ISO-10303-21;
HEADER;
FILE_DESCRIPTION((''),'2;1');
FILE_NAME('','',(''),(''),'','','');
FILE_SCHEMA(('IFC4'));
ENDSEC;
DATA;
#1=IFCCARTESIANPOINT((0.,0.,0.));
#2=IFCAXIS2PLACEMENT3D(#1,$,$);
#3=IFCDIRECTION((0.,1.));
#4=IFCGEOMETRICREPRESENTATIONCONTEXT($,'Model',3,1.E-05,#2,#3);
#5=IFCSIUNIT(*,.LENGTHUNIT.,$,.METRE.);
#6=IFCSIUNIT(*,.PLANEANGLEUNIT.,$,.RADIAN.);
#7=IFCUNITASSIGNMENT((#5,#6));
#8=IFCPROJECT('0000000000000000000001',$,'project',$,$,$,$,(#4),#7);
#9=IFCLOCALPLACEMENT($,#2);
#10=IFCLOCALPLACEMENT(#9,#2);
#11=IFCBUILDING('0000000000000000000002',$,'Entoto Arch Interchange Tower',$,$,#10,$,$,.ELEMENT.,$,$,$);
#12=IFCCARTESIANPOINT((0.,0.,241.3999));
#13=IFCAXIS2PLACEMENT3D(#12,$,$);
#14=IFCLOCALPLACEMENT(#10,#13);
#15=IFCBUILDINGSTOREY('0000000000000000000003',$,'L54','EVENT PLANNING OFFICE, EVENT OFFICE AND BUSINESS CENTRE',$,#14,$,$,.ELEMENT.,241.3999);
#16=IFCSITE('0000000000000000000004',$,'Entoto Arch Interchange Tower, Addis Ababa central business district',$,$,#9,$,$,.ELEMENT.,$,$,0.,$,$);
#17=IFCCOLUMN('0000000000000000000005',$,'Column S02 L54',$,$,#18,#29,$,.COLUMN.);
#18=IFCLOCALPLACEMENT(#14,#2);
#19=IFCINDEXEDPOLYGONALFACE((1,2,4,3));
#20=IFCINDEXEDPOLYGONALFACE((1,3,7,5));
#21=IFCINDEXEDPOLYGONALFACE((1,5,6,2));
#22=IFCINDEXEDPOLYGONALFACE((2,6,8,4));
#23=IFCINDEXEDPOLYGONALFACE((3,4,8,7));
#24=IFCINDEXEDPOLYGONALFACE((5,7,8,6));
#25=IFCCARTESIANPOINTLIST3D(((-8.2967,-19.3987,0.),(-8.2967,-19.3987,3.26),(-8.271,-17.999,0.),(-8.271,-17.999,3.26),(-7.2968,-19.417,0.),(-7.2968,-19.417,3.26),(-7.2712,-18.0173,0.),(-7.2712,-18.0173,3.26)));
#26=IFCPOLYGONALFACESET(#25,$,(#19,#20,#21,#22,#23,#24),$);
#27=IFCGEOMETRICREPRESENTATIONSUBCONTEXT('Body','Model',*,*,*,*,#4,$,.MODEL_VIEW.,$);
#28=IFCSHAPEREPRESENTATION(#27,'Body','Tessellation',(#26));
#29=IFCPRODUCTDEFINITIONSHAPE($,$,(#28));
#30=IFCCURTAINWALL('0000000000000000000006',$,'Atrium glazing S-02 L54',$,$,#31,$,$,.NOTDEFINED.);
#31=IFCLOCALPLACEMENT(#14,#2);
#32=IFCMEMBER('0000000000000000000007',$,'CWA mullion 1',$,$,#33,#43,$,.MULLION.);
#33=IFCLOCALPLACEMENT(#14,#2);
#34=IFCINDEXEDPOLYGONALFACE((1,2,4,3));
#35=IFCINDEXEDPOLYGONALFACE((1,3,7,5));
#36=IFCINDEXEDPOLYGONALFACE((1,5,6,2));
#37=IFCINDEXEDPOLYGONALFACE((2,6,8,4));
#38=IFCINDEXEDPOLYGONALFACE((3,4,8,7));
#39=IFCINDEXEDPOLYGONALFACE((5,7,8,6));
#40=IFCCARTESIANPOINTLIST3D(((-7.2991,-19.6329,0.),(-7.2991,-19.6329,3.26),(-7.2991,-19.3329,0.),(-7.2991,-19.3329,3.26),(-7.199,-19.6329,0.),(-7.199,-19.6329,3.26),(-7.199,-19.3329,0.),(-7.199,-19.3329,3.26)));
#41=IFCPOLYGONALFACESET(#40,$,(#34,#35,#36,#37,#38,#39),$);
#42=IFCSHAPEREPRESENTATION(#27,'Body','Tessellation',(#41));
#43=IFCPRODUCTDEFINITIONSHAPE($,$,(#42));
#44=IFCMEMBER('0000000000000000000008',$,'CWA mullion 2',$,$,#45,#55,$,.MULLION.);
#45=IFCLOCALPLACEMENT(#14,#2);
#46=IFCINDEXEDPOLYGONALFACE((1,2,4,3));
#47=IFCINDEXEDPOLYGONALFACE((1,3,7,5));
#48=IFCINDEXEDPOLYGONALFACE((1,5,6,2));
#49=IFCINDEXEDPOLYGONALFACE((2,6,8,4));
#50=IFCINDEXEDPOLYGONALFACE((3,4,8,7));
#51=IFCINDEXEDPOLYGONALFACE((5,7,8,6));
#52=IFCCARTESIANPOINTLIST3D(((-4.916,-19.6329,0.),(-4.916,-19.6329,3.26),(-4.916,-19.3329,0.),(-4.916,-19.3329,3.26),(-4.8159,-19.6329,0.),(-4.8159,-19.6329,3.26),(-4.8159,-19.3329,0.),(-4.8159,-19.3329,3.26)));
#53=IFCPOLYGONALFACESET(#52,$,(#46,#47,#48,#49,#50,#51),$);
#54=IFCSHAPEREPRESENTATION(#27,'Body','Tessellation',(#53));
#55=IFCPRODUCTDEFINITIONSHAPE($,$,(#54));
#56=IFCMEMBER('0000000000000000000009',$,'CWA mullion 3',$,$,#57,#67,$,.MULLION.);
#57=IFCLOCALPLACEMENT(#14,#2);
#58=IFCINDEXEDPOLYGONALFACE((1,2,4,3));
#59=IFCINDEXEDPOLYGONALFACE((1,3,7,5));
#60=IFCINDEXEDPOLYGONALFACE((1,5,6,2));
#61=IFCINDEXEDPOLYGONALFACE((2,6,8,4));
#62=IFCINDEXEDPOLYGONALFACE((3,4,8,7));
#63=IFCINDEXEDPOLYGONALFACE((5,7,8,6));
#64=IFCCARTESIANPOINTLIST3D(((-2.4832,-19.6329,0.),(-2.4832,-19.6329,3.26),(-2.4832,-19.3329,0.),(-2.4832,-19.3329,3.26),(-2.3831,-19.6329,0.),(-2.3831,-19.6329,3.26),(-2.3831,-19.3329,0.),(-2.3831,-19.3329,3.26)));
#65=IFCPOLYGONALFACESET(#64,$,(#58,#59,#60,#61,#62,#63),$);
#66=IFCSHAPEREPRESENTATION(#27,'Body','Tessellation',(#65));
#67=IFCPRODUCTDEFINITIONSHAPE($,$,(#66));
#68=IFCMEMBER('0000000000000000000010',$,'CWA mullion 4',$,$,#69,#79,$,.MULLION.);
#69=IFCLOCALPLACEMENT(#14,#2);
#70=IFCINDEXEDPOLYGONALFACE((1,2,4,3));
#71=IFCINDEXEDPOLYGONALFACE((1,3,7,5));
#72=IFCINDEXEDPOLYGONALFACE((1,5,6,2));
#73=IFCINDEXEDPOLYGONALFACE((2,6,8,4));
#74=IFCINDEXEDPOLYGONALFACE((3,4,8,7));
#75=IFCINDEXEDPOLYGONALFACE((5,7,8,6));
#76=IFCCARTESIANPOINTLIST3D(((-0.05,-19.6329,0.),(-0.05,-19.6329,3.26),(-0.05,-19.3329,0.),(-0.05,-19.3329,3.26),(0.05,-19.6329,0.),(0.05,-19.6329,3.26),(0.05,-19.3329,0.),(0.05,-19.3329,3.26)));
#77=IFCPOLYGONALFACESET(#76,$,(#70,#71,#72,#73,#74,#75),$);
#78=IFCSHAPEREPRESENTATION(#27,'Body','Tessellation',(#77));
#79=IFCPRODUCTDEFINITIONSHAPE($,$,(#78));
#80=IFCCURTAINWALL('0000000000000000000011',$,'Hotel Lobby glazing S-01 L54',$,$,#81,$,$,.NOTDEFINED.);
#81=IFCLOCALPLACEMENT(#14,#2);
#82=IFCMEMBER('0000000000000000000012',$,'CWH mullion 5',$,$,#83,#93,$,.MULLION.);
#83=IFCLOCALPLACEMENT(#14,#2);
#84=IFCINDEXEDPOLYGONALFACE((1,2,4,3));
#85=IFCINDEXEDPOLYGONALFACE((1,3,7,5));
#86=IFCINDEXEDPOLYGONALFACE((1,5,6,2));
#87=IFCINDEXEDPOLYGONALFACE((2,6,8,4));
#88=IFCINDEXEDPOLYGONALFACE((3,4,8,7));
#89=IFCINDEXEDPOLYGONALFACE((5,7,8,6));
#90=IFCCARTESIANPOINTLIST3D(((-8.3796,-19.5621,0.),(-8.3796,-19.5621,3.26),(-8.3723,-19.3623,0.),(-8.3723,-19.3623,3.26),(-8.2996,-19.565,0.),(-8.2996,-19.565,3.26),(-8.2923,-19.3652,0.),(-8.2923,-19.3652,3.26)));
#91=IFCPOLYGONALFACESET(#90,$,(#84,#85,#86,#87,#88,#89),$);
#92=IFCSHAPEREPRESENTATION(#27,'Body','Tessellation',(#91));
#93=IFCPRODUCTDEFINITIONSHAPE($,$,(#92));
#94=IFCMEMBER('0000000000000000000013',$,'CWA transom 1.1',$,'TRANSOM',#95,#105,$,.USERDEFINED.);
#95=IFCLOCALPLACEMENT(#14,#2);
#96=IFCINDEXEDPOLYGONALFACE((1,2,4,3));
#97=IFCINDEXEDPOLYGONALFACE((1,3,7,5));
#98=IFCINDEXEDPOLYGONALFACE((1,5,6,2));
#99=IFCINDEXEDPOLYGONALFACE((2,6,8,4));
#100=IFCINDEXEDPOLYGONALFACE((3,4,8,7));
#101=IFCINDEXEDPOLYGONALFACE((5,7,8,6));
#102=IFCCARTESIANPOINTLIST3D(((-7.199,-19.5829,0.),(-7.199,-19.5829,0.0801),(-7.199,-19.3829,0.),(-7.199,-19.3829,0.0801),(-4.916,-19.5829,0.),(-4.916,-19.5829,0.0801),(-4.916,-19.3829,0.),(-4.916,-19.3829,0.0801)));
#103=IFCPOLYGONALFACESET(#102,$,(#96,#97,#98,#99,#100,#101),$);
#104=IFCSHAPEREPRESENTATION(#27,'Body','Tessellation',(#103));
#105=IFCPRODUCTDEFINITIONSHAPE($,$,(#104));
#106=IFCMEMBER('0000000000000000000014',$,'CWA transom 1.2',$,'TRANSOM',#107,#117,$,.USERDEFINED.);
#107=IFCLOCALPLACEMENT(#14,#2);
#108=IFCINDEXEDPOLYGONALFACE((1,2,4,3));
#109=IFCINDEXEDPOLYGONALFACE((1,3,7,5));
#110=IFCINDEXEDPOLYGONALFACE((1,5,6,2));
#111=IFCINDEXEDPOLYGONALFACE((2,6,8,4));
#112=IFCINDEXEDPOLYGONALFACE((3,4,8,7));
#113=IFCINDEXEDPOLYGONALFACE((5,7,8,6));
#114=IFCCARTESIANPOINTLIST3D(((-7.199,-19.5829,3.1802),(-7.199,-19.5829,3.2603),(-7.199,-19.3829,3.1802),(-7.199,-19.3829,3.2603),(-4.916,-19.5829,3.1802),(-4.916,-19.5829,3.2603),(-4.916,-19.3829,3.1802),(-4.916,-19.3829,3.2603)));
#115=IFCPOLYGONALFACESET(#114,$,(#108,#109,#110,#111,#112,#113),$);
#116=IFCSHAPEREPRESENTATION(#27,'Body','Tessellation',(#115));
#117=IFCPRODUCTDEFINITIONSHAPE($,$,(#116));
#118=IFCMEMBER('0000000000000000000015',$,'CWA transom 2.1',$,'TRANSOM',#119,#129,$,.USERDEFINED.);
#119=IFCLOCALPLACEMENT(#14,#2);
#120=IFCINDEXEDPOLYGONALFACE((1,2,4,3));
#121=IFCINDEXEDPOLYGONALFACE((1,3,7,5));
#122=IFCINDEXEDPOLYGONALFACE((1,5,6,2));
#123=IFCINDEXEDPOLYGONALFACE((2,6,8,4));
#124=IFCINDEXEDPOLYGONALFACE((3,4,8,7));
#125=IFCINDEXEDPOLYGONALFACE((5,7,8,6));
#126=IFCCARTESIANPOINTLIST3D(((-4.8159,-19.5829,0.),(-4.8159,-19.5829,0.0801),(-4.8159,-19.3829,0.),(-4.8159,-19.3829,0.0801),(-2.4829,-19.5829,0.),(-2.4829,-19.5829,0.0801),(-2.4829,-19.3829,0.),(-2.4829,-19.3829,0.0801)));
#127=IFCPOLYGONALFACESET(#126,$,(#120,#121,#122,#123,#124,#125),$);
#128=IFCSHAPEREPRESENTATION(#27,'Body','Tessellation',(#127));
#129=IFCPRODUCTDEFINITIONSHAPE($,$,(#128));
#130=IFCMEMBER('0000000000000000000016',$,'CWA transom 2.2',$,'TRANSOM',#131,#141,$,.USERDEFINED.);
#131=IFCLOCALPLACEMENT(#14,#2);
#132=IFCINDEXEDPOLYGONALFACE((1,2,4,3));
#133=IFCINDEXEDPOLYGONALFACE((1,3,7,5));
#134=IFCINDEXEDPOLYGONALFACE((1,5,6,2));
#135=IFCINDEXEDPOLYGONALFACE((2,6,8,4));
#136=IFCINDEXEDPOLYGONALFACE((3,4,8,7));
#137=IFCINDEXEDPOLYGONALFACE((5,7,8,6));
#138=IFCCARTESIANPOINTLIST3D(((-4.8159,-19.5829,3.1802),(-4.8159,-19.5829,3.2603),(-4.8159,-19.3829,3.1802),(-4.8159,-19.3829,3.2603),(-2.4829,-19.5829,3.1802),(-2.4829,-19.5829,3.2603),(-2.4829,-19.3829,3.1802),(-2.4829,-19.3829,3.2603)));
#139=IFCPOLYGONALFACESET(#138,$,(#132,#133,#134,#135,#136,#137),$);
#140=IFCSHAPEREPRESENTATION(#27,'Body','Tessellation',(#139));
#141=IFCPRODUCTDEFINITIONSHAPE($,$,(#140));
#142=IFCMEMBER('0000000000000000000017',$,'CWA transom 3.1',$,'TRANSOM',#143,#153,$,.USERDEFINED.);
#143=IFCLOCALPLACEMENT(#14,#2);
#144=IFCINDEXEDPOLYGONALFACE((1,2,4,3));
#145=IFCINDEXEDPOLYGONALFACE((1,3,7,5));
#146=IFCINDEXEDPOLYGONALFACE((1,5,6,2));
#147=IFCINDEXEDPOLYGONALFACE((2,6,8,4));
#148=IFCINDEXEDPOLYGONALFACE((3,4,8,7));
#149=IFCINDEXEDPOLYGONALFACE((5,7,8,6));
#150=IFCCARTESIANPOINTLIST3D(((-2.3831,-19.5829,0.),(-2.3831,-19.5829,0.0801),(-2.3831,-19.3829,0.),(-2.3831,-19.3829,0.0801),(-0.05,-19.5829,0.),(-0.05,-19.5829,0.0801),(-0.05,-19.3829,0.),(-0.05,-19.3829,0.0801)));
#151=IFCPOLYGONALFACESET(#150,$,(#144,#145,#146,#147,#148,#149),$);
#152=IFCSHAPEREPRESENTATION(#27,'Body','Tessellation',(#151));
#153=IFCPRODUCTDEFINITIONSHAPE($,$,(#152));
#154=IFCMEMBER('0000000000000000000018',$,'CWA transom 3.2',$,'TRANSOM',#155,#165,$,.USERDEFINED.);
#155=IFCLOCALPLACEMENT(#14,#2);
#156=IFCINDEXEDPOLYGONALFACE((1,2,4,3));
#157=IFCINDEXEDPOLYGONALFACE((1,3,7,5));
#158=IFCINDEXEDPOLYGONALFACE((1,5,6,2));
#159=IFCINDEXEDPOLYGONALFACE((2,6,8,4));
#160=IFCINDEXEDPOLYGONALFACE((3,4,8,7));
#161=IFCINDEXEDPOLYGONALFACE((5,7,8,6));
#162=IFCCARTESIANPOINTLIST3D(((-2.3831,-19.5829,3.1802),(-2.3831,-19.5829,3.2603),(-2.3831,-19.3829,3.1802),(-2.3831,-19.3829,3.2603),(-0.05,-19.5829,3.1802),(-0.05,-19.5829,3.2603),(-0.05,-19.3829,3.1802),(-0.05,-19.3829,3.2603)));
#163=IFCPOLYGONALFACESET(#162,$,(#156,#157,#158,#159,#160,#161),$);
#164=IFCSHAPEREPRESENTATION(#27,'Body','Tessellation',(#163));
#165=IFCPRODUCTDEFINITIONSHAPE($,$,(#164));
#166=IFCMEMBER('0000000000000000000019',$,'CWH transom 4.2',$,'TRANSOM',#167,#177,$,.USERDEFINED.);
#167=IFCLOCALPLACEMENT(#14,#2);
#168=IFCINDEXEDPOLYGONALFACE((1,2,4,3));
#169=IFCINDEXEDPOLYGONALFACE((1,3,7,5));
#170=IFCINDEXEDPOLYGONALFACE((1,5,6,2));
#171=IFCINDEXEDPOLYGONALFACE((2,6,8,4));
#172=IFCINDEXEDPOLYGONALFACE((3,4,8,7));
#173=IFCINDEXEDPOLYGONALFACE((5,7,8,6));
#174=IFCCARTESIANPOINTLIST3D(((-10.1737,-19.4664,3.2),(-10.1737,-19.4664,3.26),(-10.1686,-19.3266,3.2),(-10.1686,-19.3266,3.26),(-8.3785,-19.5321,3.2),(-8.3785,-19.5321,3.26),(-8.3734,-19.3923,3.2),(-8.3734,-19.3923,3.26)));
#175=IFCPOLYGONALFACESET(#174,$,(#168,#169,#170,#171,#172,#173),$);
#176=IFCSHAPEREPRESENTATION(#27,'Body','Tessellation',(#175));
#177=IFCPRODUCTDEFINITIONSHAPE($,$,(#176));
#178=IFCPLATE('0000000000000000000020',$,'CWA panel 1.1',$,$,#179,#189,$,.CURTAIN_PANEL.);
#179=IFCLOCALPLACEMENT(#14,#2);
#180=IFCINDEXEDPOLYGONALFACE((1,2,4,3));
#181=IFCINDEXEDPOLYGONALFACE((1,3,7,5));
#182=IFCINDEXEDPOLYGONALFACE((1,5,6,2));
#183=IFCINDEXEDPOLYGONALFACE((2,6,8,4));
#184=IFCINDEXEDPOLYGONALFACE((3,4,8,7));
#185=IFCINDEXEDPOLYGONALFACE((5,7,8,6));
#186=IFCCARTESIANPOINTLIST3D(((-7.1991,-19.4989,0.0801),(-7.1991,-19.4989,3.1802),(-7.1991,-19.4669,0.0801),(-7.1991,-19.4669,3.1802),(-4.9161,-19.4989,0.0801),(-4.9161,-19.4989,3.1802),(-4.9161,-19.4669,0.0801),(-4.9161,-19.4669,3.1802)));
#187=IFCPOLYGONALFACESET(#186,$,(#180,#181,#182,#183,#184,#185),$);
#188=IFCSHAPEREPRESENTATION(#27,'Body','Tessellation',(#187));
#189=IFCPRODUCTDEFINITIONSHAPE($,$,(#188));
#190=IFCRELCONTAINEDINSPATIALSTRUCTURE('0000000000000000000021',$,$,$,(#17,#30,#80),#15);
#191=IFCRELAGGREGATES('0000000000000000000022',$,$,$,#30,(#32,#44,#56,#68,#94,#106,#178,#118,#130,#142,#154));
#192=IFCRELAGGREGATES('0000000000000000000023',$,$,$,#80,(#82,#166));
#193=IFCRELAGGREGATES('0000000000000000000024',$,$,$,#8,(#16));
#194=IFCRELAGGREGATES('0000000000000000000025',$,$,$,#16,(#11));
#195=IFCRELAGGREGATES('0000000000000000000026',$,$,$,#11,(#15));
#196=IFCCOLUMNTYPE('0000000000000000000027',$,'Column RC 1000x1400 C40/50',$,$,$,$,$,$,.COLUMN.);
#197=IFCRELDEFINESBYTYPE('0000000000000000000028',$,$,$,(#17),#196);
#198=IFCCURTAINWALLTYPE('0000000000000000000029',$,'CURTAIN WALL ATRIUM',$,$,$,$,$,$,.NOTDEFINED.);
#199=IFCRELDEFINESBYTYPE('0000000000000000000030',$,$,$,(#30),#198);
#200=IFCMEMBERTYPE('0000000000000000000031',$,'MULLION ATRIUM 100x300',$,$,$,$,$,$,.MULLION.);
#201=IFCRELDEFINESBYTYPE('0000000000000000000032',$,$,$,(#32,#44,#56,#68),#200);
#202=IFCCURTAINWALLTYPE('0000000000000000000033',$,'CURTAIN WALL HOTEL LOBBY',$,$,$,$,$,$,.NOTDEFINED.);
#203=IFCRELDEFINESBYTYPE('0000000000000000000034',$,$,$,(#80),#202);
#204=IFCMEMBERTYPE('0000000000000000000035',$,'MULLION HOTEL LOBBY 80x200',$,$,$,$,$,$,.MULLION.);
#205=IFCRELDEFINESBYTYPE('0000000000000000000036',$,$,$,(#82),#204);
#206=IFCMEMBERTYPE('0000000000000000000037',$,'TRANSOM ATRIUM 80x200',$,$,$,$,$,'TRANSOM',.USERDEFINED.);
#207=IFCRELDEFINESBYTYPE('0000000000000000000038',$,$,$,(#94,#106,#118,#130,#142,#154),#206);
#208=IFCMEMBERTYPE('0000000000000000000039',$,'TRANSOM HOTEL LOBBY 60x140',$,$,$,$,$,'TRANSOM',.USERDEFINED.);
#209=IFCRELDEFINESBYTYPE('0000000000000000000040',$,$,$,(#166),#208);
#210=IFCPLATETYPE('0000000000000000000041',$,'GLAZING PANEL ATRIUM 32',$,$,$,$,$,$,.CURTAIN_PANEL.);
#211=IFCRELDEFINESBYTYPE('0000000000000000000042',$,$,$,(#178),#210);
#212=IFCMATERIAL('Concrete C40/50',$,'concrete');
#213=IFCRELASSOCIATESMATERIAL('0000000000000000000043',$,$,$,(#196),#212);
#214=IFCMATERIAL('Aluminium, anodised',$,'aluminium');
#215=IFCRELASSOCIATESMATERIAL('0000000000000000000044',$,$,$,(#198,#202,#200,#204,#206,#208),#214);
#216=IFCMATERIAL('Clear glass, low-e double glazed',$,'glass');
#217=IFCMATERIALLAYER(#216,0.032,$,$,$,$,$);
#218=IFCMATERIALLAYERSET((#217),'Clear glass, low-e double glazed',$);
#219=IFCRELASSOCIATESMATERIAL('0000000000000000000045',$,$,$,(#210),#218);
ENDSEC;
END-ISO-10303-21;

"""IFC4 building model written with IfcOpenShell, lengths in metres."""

from ifc_helpers import new_model, si_unit, direction, frame, origin, origin_2d, place, context, subcontext, project, spatial, rectangle, extrude, material, layer, layer_set, material_profile, profile_set, type_object, element, aggregate, save


model = new_model("IFC4")

# Units and contexts
model_context = context("Model", 3, precision=1e-05, world=origin(), true_north=direction((0.0, 1.0)))
body_context = subcontext(model_context, "Body", "Model", "MODEL_VIEW")
ifc_project = project(units=[si_unit("LENGTHUNIT", "METRE"), si_unit("PLANEANGLEUNIT", "RADIAN")], contexts=[model_context])

# Site, building, storey
site_placement = place(None, origin())
site = spatial("IfcSite", under=ifc_project, at=site_placement, Name="Entoto Arch Interchange Tower, Addis Ababa central business district", CompositionType="ELEMENT", RefElevation=0.0)
building_placement = place(site_placement, origin())
building = spatial("IfcBuilding", under=site, at=building_placement, Name="Entoto Arch Interchange Tower", CompositionType="ELEMENT")
storey_placement = place(building_placement, frame((0.0, 0.0, 241.3999)))
storey = spatial("IfcBuildingStorey", under=building, at=storey_placement, Name="L54", Description="EVENT PLANNING OFFICE, EVENT OFFICE AND BUSINESS CENTRE", CompositionType="ELEMENT", Elevation=241.3999)

# Column
ifc_material_1 = material(Name="Concrete C40/50", Category="concrete")
ifc_material_profile_1 = material_profile(ifc_material_1, rectangle(XDim=1.0, YDim=1.3999, at=origin_2d()))
ifc_profile_set_1 = profile_set([ifc_material_profile_1], Name="Concrete C40/50")
column_type = type_object("IfcColumnType", Name="Column RC 1000x1400 C40/50", PredefinedType="COLUMN", material=ifc_profile_set_1)
column_placement = place(storey_placement, frame((-7.7839, -18.708, 0.0), z_axis=(0.0, 0.0, 1.0), x_axis=(-0.999833, 0.01829, 0.0)))
element("IfcColumn", 1, at=column_placement, inside=storey, type_object=column_type, Name="Column S02 L54", PredefinedType="COLUMN", context=body_context, shape_type="SweptSolid", body=[
    extrude(rectangle(XDim=1.0, YDim=1.3999, at=origin_2d()), origin(), (0.0, 0.0, 1.0), 3.26),
])

# Curtain wall, members
ifc_material_2 = material(Name="Aluminium, anodised", Category="aluminium")
curtain_wall_type_1 = type_object("IfcCurtainWallType", Name="CURTAIN WALL ATRIUM", PredefinedType="NOTDEFINED", material=ifc_material_2)
curtain_wall_1_placement = place(storey_placement, origin())
curtain_wall_1 = element("IfcCurtainWall", 2, at=curtain_wall_1_placement, inside=storey, type_object=curtain_wall_type_1, Name="Atrium glazing S-02 L54", PredefinedType="NOTDEFINED")
ifc_material_profile_2 = material_profile(ifc_material_2, rectangle(XDim=0.3, YDim=0.1001, at=origin_2d()))
ifc_profile_set_2 = profile_set([ifc_material_profile_2], Name="Aluminium, anodised")
member_type_1 = type_object("IfcMemberType", Name="MULLION ATRIUM 100x300", PredefinedType="MULLION", material=ifc_profile_set_2)
member_1_placement = place(storey_placement, frame((-7.249, -19.4829, 0.0), z_axis=(0.0, 0.0, 1.0), x_axis=(0.0, 1.0, 0.0)))
member_1 = element("IfcMember", 3, at=member_1_placement, type_object=member_type_1, Name="CWA mullion 1", PredefinedType="MULLION", context=body_context, shape_type="SweptSolid", body=[
    extrude(rectangle(XDim=0.3, YDim=0.1001, at=origin_2d()), origin(), (0.0, 0.0, 1.0), 3.26),
])
member_2_placement = place(storey_placement, frame((-4.866, -19.4829, 0.0), z_axis=(0.0, 0.0, 1.0), x_axis=(0.0, 1.0, 0.0)))
member_2 = element("IfcMember", 4, at=member_2_placement, type_object=member_type_1, Name="CWA mullion 2", PredefinedType="MULLION", context=body_context, shape_type="SweptSolid", body=[
    extrude(rectangle(XDim=0.3, YDim=0.1001, at=origin_2d()), origin(), (0.0, 0.0, 1.0), 3.26),
])
member_3_placement = place(storey_placement, frame((-2.4331, -19.4829, 0.0), z_axis=(0.0, 0.0, 1.0), x_axis=(0.0, 1.0, 0.0)))
member_3 = element("IfcMember", 5, at=member_3_placement, type_object=member_type_1, Name="CWA mullion 3", PredefinedType="MULLION", context=body_context, shape_type="SweptSolid", body=[
    extrude(rectangle(XDim=0.3, YDim=0.1001, at=origin_2d()), origin(), (0.0, 0.0, 1.0), 3.26),
])
member_4_placement = place(storey_placement, frame((0.0, -19.4829, 0.0), z_axis=(0.0, 0.0, 1.0), x_axis=(0.0, 1.0, 0.0)))
member_4 = element("IfcMember", 6, at=member_4_placement, type_object=member_type_1, Name="CWA mullion 4", PredefinedType="MULLION", context=body_context, shape_type="SweptSolid", body=[
    extrude(rectangle(XDim=0.3, YDim=0.1001, at=origin_2d()), origin(), (0.0, 0.0, 1.0), 3.26),
])

# Curtain wall, member
curtain_wall_type_2 = type_object("IfcCurtainWallType", Name="CURTAIN WALL HOTEL LOBBY", PredefinedType="NOTDEFINED", material=ifc_material_2)
curtain_wall_2_placement = place(storey_placement, origin())
curtain_wall_2 = element("IfcCurtainWall", 7, at=curtain_wall_2_placement, inside=storey, type_object=curtain_wall_type_2, Name="Hotel Lobby glazing S-01 L54", PredefinedType="NOTDEFINED")
ifc_material_profile_3 = material_profile(ifc_material_2, rectangle(XDim=0.2, YDim=0.0801, at=origin_2d()))
ifc_profile_set_3 = profile_set([ifc_material_profile_3], Name="Aluminium, anodised")
member_type_2 = type_object("IfcMemberType", Name="MULLION HOTEL LOBBY 80x200", PredefinedType="MULLION", material=ifc_profile_set_3)
member_5_placement = place(storey_placement, frame((-8.3359, -19.4636, 0.0), z_axis=(0.0, 0.0, 1.0), x_axis=(0.036529, 0.999333, 0.0)))
member_5 = element("IfcMember", 8, at=member_5_placement, type_object=member_type_2, Name="CWH mullion 5", PredefinedType="MULLION", context=body_context, shape_type="SweptSolid", body=[
    extrude(rectangle(XDim=0.2, YDim=0.0801, at=origin_2d()), origin(), (0.0, 0.0, 1.0), 3.26),
])

# Members
ifc_material_profile_4 = material_profile(ifc_material_2, rectangle(XDim=0.2, YDim=0.0801, at=origin_2d()))
ifc_profile_set_4 = profile_set([ifc_material_profile_4], Name="Aluminium, anodised")
member_type_3 = type_object("IfcMemberType", Name="TRANSOM ATRIUM 80x200", ElementType="TRANSOM", PredefinedType="USERDEFINED", material=ifc_profile_set_4)
member_6_placement = place(storey_placement, frame((-7.199, -19.4829, 0.04), z_axis=(1.0, 0.0, 0.0), x_axis=(0.0, 1.0, 0.0)))
member_6 = element("IfcMember", 9, at=member_6_placement, type_object=member_type_3, Name="CWA transom 1.1", ObjectType="TRANSOM", PredefinedType="USERDEFINED", context=body_context, shape_type="SweptSolid", body=[
    extrude(rectangle(XDim=0.2, YDim=0.0801, at=origin_2d()), origin(), (0.0, 0.0, 1.0), 2.283),
])
member_7_placement = place(storey_placement, frame((-7.199, -19.4829, 3.2202), z_axis=(1.0, 0.0, 0.0), x_axis=(0.0, 1.0, 0.0)))
member_7 = element("IfcMember", 10, at=member_7_placement, type_object=member_type_3, Name="CWA transom 1.2", ObjectType="TRANSOM", PredefinedType="USERDEFINED", context=body_context, shape_type="SweptSolid", body=[
    extrude(rectangle(XDim=0.2, YDim=0.0801, at=origin_2d()), origin(), (0.0, 0.0, 1.0), 2.283),
])
member_8_placement = place(storey_placement, frame((-4.8159, -19.4829, 0.04), z_axis=(1.0, 0.0, 0.0), x_axis=(0.0, 1.0, 0.0)))
member_8 = element("IfcMember", 11, at=member_8_placement, type_object=member_type_3, Name="CWA transom 2.1", ObjectType="TRANSOM", PredefinedType="USERDEFINED", context=body_context, shape_type="SweptSolid", body=[
    extrude(rectangle(XDim=0.2, YDim=0.0801, at=origin_2d()), origin(), (0.0, 0.0, 1.0), 2.333),
])
member_9_placement = place(storey_placement, frame((-4.8159, -19.4829, 3.2202), z_axis=(1.0, 0.0, 0.0), x_axis=(0.0, 1.0, 0.0)))
member_9 = element("IfcMember", 12, at=member_9_placement, type_object=member_type_3, Name="CWA transom 2.2", ObjectType="TRANSOM", PredefinedType="USERDEFINED", context=body_context, shape_type="SweptSolid", body=[
    extrude(rectangle(XDim=0.2, YDim=0.0801, at=origin_2d()), origin(), (0.0, 0.0, 1.0), 2.333),
])
member_10_placement = place(storey_placement, frame((-2.3831, -19.4829, 0.04), z_axis=(1.0, 0.0, 0.0), x_axis=(0.0, 1.0, 0.0)))
member_10 = element("IfcMember", 13, at=member_10_placement, type_object=member_type_3, Name="CWA transom 3.1", ObjectType="TRANSOM", PredefinedType="USERDEFINED", context=body_context, shape_type="SweptSolid", body=[
    extrude(rectangle(XDim=0.2, YDim=0.0801, at=origin_2d()), origin(), (0.0, 0.0, 1.0), 2.333),
])
member_11_placement = place(storey_placement, frame((-2.3831, -19.4829, 3.2202), z_axis=(1.0, 0.0, 0.0), x_axis=(0.0, 1.0, 0.0)))
member_11 = element("IfcMember", 14, at=member_11_placement, type_object=member_type_3, Name="CWA transom 3.2", ObjectType="TRANSOM", PredefinedType="USERDEFINED", context=body_context, shape_type="SweptSolid", body=[
    extrude(rectangle(XDim=0.2, YDim=0.0801, at=origin_2d()), origin(), (0.0, 0.0, 1.0), 2.333),
])
ifc_material_profile_5 = material_profile(ifc_material_2, rectangle(XDim=0.1399, YDim=0.0601, at=origin_2d()))
ifc_profile_set_5 = profile_set([ifc_material_profile_5], Name="Aluminium, anodised")
member_type_4 = type_object("IfcMemberType", Name="TRANSOM HOTEL LOBBY 60x140", ElementType="TRANSOM", PredefinedType="USERDEFINED", material=ifc_profile_set_5)
member_12_placement = place(storey_placement, frame((-10.1711, -19.3965, 3.23), z_axis=(0.999331, -0.036559, 0.0), x_axis=(0.036559, 0.999331, 0.0)))
member_12 = element("IfcMember", 15, at=member_12_placement, type_object=member_type_4, Name="CWH transom 4.2", ObjectType="TRANSOM", PredefinedType="USERDEFINED", context=body_context, shape_type="SweptSolid", body=[
    extrude(rectangle(XDim=0.1399, YDim=0.0601, at=origin_2d()), origin(), (0.0, 0.0, 1.0), 1.7964),
])

# Plate
ifc_material_3 = material(Name="Clear glass, low-e double glazed", Category="glass")
ifc_layer_1 = layer(ifc_material_3, 0.032)
ifc_layer_set_1 = layer_set([ifc_layer_1], Name="Clear glass, low-e double glazed")
plate_type_1 = type_object("IfcPlateType", Name="GLAZING PANEL ATRIUM 32", PredefinedType="CURTAIN_PANEL", material=ifc_layer_set_1)
plate_1_placement = place(storey_placement, frame((-6.0576, -19.4829, 0.0801), z_axis=(0.0, 0.0, 1.0), x_axis=(1.0, 0.0, 0.0)))
plate_1 = element("IfcPlate", 16, at=plate_1_placement, type_object=plate_type_1, Name="CWA panel 1.1", PredefinedType="CURTAIN_PANEL", context=body_context, shape_type="SweptSolid", body=[
    extrude(rectangle(XDim=2.283, YDim=0.032, at=origin_2d()), origin(), (0.0, 0.0, 1.0), 3.1001),
])
aggregate(curtain_wall_1, [member_1, member_2, member_3, member_4, member_6, member_7, plate_1, member_8, member_9, member_10, member_11])
aggregate(curtain_wall_2, [member_5, member_12])

save(model, "model.ifc")
